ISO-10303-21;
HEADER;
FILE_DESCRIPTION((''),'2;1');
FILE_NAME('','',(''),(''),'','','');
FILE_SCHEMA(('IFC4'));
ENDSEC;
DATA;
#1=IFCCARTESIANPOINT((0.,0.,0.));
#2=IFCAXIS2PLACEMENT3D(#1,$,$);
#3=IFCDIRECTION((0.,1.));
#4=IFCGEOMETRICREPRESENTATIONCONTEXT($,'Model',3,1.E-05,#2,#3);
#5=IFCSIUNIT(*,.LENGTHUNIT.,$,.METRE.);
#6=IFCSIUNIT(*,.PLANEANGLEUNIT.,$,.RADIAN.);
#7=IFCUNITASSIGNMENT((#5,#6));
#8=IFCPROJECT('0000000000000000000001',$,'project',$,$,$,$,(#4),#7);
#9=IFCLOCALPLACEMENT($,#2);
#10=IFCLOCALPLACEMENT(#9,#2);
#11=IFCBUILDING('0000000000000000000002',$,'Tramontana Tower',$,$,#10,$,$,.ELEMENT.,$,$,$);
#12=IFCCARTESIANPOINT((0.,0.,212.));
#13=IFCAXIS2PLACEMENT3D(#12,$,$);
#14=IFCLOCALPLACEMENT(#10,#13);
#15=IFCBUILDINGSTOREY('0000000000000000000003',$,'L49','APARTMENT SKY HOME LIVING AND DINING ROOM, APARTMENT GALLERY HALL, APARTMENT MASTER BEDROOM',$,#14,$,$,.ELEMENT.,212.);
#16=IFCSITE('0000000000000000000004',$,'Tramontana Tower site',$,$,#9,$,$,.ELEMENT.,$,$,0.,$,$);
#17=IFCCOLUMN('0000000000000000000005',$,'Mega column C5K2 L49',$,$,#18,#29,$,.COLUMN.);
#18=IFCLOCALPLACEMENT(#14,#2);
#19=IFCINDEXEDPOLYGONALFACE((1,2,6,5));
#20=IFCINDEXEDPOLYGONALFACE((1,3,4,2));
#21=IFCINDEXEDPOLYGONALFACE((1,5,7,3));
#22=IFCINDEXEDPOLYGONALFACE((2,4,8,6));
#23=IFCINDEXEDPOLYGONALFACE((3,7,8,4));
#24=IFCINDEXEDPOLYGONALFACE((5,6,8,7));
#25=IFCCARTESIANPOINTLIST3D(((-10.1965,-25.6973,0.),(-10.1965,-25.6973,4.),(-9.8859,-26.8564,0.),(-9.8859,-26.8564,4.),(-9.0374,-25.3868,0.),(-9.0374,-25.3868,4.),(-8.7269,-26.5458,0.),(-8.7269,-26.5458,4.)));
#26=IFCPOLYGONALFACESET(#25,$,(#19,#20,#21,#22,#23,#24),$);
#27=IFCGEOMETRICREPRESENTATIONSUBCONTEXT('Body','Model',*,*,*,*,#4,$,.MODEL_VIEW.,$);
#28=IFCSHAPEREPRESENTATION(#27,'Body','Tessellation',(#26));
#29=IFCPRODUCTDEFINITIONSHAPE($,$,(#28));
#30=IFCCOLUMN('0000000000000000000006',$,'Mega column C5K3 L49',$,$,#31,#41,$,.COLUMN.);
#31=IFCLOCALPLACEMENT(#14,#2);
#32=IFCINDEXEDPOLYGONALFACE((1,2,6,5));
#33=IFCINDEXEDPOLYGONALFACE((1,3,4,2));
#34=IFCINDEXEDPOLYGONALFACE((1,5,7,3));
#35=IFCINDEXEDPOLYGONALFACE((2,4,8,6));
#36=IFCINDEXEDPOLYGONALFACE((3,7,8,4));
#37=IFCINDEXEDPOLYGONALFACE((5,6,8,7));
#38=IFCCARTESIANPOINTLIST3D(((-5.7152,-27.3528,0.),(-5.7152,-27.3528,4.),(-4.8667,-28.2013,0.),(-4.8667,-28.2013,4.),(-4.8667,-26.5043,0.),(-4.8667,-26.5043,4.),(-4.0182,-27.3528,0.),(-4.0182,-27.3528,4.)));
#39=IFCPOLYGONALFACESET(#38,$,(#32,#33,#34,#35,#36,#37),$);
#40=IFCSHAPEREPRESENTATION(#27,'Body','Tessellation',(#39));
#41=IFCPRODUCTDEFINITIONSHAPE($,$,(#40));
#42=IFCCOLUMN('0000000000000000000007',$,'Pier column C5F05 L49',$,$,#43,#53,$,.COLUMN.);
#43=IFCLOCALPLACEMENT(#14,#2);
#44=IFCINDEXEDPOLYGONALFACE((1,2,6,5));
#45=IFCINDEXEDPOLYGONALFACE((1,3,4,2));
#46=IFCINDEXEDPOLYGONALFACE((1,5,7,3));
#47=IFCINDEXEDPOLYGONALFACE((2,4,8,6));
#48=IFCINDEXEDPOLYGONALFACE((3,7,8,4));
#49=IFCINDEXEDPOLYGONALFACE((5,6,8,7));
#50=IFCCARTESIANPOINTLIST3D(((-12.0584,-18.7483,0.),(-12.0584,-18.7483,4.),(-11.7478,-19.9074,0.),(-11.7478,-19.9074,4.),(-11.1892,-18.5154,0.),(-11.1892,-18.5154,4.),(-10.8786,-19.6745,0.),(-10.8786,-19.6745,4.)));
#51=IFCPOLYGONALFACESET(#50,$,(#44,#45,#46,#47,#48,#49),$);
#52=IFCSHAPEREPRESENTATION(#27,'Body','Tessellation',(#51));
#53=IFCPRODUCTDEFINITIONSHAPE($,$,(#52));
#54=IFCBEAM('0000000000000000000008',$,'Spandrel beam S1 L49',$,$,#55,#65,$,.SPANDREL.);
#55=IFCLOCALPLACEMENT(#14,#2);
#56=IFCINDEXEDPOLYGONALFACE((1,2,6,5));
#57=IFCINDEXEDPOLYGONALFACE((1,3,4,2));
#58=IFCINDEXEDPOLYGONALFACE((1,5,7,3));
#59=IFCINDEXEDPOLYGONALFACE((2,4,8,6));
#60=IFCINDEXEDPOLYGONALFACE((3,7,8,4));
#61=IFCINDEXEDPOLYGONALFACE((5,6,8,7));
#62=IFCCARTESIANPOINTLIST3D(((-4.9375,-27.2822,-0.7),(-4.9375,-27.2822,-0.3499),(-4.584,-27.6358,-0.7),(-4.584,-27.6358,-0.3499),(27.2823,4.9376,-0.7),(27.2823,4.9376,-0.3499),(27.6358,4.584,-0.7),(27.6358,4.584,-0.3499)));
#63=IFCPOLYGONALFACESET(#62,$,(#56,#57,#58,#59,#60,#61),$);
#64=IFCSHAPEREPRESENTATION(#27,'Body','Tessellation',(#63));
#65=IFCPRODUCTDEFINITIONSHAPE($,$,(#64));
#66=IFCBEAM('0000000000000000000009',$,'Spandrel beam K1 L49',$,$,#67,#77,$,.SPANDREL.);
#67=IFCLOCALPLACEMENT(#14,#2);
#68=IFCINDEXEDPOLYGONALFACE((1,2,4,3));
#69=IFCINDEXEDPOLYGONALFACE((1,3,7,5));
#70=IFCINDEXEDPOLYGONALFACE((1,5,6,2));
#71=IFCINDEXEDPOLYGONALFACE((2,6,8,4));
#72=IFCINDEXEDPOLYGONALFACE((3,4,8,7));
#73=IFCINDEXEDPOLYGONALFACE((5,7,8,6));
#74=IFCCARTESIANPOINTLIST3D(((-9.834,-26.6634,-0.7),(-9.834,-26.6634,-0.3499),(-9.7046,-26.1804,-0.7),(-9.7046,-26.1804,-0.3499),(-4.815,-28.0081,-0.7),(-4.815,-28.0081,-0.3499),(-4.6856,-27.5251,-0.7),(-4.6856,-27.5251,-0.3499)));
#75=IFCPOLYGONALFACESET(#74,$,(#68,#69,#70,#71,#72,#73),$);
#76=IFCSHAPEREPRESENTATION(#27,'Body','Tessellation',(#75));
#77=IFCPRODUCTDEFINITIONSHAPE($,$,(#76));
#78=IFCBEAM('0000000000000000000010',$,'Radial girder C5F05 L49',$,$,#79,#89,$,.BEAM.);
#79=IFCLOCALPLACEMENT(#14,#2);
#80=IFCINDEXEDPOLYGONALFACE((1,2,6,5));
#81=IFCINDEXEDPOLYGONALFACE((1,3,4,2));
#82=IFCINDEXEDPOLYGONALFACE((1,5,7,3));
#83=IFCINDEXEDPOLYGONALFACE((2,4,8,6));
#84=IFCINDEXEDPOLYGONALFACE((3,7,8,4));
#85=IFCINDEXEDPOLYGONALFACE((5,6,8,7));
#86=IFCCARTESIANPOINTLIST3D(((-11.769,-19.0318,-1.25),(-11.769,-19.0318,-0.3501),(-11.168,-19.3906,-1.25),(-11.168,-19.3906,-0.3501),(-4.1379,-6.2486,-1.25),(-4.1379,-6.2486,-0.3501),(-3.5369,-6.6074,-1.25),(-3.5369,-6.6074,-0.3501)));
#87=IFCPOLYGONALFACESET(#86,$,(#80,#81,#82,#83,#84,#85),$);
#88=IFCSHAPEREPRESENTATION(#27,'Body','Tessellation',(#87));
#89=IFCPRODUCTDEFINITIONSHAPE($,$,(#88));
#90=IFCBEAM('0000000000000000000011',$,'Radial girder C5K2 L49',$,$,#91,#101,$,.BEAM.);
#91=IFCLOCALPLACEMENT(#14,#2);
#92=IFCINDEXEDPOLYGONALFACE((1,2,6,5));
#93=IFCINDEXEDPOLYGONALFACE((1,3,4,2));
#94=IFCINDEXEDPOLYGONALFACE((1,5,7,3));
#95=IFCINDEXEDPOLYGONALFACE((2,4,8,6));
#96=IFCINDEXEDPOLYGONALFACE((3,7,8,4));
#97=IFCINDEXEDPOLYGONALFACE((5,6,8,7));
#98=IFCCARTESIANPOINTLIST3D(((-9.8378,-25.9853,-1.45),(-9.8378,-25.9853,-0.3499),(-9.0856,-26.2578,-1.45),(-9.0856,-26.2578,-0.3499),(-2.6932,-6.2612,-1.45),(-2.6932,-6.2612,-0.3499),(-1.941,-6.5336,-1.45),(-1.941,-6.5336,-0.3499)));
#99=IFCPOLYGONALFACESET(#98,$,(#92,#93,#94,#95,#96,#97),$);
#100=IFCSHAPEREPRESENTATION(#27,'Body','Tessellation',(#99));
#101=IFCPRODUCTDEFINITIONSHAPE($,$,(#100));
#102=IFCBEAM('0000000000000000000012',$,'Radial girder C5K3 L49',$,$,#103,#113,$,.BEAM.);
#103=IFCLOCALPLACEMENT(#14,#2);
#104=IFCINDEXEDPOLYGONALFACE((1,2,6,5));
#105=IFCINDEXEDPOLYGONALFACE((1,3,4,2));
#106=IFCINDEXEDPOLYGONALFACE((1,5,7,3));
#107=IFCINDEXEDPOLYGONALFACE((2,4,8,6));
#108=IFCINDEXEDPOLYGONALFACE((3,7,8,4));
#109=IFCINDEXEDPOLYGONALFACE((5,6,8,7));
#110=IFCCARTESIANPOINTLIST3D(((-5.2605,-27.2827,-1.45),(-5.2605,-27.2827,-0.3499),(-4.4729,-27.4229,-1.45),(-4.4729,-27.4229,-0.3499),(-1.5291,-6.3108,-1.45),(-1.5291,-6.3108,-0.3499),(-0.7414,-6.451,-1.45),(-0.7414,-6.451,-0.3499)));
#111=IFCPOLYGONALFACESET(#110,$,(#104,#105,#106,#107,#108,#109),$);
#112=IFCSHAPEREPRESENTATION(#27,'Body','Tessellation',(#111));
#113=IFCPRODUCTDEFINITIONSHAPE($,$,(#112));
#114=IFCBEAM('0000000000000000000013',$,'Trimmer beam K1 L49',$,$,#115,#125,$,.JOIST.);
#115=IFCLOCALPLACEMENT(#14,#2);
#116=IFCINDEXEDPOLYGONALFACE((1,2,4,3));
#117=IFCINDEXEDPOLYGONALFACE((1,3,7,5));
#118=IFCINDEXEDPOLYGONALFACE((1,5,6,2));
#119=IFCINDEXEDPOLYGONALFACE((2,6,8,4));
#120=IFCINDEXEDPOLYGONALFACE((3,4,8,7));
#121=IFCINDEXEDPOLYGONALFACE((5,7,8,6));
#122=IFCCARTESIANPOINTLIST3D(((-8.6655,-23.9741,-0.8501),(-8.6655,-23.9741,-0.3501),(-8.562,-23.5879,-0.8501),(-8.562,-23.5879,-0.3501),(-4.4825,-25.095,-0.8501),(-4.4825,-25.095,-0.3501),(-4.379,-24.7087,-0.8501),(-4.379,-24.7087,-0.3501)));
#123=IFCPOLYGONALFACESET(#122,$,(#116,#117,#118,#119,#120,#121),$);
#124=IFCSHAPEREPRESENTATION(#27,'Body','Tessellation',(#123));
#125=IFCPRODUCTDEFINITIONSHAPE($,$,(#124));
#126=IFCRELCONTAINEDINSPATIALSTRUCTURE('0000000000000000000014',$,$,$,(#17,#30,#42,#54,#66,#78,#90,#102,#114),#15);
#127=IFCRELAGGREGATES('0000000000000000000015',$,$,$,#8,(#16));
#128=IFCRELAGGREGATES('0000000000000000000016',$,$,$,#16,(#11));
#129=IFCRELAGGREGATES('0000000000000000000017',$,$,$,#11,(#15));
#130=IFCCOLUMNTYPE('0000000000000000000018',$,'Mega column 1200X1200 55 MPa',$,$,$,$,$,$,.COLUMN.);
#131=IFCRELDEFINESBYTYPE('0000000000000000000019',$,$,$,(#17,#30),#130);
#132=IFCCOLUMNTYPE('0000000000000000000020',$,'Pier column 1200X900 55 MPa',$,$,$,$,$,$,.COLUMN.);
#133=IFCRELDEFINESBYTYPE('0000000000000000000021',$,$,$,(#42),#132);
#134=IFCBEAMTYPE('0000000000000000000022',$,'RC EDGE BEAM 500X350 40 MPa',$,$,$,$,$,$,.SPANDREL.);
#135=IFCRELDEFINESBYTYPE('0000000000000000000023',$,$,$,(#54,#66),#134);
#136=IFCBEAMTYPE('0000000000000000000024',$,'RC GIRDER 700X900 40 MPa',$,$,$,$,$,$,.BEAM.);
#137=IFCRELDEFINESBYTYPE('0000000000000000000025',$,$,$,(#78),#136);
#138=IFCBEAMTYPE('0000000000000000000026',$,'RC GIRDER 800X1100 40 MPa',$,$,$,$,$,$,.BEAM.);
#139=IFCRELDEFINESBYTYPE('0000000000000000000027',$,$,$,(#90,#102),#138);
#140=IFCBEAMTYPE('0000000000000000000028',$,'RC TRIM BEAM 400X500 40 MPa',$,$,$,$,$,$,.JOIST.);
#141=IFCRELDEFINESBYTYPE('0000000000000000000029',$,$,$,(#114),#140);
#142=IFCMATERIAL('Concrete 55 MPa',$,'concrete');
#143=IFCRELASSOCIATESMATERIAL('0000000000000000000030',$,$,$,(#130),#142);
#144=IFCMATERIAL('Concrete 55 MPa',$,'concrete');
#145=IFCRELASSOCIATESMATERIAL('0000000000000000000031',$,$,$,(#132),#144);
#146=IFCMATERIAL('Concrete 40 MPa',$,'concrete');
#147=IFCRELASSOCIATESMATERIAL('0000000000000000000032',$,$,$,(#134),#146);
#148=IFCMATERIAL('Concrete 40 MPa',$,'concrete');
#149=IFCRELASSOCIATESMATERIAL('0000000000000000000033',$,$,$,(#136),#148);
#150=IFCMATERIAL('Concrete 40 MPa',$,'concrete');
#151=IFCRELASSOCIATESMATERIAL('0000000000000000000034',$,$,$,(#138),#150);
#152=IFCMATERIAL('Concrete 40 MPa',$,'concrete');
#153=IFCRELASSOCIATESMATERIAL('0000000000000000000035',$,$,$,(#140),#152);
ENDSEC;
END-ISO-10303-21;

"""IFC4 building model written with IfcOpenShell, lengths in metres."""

from ifc_helpers import new_model, si_unit, direction, frame, origin, origin_2d, place, context, subcontext, project, spatial, rectangle, extrude, material, material_profile, profile_set, type_object, element, save


model = new_model("IFC4")

# Units and contexts
model_context = context("Model", 3, precision=1e-05, world=origin(), true_north=direction((0.0, 1.0)))
body_context = subcontext(model_context, "Body", "Model", "MODEL_VIEW")
ifc_project = project(units=[si_unit("LENGTHUNIT", "METRE"), si_unit("PLANEANGLEUNIT", "RADIAN")], contexts=[model_context])

# Site, building, storey
site_placement = place(None, origin())
site = spatial("IfcSite", under=ifc_project, at=site_placement, Name="Tramontana Tower site", CompositionType="ELEMENT", RefElevation=0.0)
building_placement = place(site_placement, origin())
building = spatial("IfcBuilding", under=site, at=building_placement, Name="Tramontana Tower", CompositionType="ELEMENT")
storey_placement = place(building_placement, frame((0.0, 0.0, 212.0)))
storey = spatial("IfcBuildingStorey", under=building, at=storey_placement, Name="L49", Description="APARTMENT SKY HOME LIVING AND DINING ROOM, APARTMENT GALLERY HALL, APARTMENT MASTER BEDROOM", CompositionType="ELEMENT", Elevation=212.0)

# Columns
ifc_material_1 = material(Name="Concrete 55 MPa", Category="concrete")
ifc_material_profile_1 = material_profile(ifc_material_1, rectangle(XDim=1.2, YDim=1.2, at=origin_2d()), Name="Mega column 1200X1200 55 MPa")
ifc_profile_set_1 = profile_set([ifc_material_profile_1], Name="Concrete 55 MPa")
column_type_1 = type_object("IfcColumnType", Name="Mega column 1200X1200 55 MPa", PredefinedType="COLUMN", material=ifc_profile_set_1)
for number, where, z_axis, x_axis, name in (
    (1, (-9.4617, -26.1216, 0.0), (0.0, 0.0, 1.0), (0.258819, -0.965926, 0.0), "Mega column C5K2 L49"),
    (2, (-4.8667, -27.3528, 0.0), (0.0, 0.0, 1.0), (0.707107, 0.707107, 0.0), "Mega column C5K3 L49"),
):
    element("IfcColumn", number, at=place(storey_placement, frame(where, z_axis=z_axis, x_axis=x_axis)), inside=storey, type_object=column_type_1, Name=name, PredefinedType="COLUMN", context=body_context, shape_type="SweptSolid", body=[
        extrude(rectangle(XDim=1.2, YDim=1.2, at=origin_2d()), origin(), (0.0, 0.0, 1.0), 4.0),
    ])
ifc_material_2 = material(Name="Concrete 55 MPa", Category="concrete")
ifc_material_profile_2 = material_profile(ifc_material_2, rectangle(XDim=1.2, YDim=0.8999, at=origin_2d()), Name="Pier column 1200X900 55 MPa")
ifc_profile_set_2 = profile_set([ifc_material_profile_2], Name="Concrete 55 MPa")
column_type_2 = type_object("IfcColumnType", Name="Pier column 1200X900 55 MPa", PredefinedType="COLUMN", material=ifc_profile_set_2)
column_placement = place(storey_placement, frame((-11.4685, -19.2114, 0.0), z_axis=(0.0, 0.0, 1.0), x_axis=(0.258819, -0.965926, 0.0)))
element("IfcColumn", 3, at=column_placement, inside=storey, type_object=column_type_2, Name="Pier column C5F05 L49", PredefinedType="COLUMN", context=body_context, shape_type="SweptSolid", body=[
    extrude(rectangle(XDim=1.2, YDim=0.8999, at=origin_2d()), origin(), (0.0, 0.0, 1.0), 4.0),
])

# Beams
ifc_material_3 = material(Name="Concrete 40 MPa", Category="concrete")
ifc_material_profile_3 = material_profile(ifc_material_3, rectangle(XDim=0.5, YDim=0.3501, at=origin_2d()), Name="RC EDGE BEAM 500X350 40 MPa")
ifc_profile_set_3 = profile_set([ifc_material_profile_3], Name="Concrete 40 MPa")
beam_type_1 = type_object("IfcBeamType", Name="RC EDGE BEAM 500X350 40 MPa", PredefinedType="SPANDREL", material=ifc_profile_set_3)
beam_1_placement = place(storey_placement, frame((-4.7607, -27.459, -0.5249), z_axis=(0.707107, 0.707107, 0.0), x_axis=(-0.707107, 0.707107, 0.0)))
element("IfcBeam", 4, at=beam_1_placement, inside=storey, type_object=beam_type_1, Name="Spandrel beam S1 L49", PredefinedType="SPANDREL", context=body_context, shape_type="SweptSolid", body=[
    extrude(rectangle(XDim=0.5, YDim=0.3501, at=origin_2d()), origin(), (0.0, 0.0, 1.0), 45.5657),
])
beam_2_placement = place(storey_placement, frame((-9.7693, -26.4219, -0.5249), z_axis=(0.965932, -0.258797, 0.0), x_axis=(0.258797, 0.965932, 0.0)))
element("IfcBeam", 5, at=beam_2_placement, inside=storey, type_object=beam_type_1, Name="Spandrel beam K1 L49", PredefinedType="SPANDREL", context=body_context, shape_type="SweptSolid", body=[
    extrude(rectangle(XDim=0.5, YDim=0.3501, at=origin_2d()), origin(), (0.0, 0.0, 1.0), 5.196),
])
ifc_material_4 = material(Name="Concrete 40 MPa", Category="concrete")
ifc_material_profile_4 = material_profile(ifc_material_4, rectangle(XDim=0.7, YDim=0.8999, at=origin_2d()), Name="RC GIRDER 700X900 40 MPa")
ifc_profile_set_4 = profile_set([ifc_material_profile_4], Name="Concrete 40 MPa")
beam_type_2 = type_object("IfcBeamType", Name="RC GIRDER 700X900 40 MPa", PredefinedType="BEAM", material=ifc_profile_set_4)
beam_3_placement = place(storey_placement, frame((-11.4685, -19.2112, -0.8), z_axis=(0.512577, 0.858641, 0.0), x_axis=(-0.858641, 0.512577, 0.0)))
element("IfcBeam", 6, at=beam_3_placement, inside=storey, type_object=beam_type_2, Name="Radial girder C5F05 L49", PredefinedType="BEAM", context=body_context, shape_type="SweptSolid", body=[
    extrude(rectangle(XDim=0.7, YDim=0.8999, at=origin_2d()), origin(), (0.0, 0.0, 1.0), 14.8877),
])
ifc_material_5 = material(Name="Concrete 40 MPa", Category="concrete")
ifc_material_profile_5 = material_profile(ifc_material_5, rectangle(XDim=0.8, YDim=1.1001, at=origin_2d()), Name="RC GIRDER 800X1100 40 MPa")
ifc_profile_set_5 = profile_set([ifc_material_profile_5], Name="Concrete 40 MPa")
beam_type_3 = type_object("IfcBeamType", Name="RC GIRDER 800X1100 40 MPa", PredefinedType="BEAM", material=ifc_profile_set_5)
beam_4_placement = place(storey_placement, frame((-9.4617, -26.1216, -0.8999), z_axis=(0.340569, 0.940219, 0.0), x_axis=(-0.940219, 0.340569, 0.0)))
element("IfcBeam", 7, at=beam_4_placement, inside=storey, type_object=beam_type_3, Name="Radial girder C5K2 L49", PredefinedType="BEAM", context=body_context, shape_type="SweptSolid", body=[
    extrude(rectangle(XDim=0.8, YDim=1.1001, at=origin_2d()), origin(), (0.0, 0.0, 1.0), 20.9783),
])
beam_5_placement = place(storey_placement, frame((-4.8667, -27.3528, -0.8999), z_axis=(0.175175, 0.984537, 0.0), x_axis=(-0.984537, 0.175175, 0.0)))
element("IfcBeam", 8, at=beam_5_placement, inside=storey, type_object=beam_type_3, Name="Radial girder C5K3 L49", PredefinedType="BEAM", context=body_context, shape_type="SweptSolid", body=[
    extrude(rectangle(XDim=0.8, YDim=1.1001, at=origin_2d()), origin(), (0.0, 0.0, 1.0), 21.3013),
])
ifc_material_6 = material(Name="Concrete 40 MPa", Category="concrete")
ifc_material_profile_6 = material_profile(ifc_material_6, rectangle(XDim=0.3999, YDim=0.5, at=origin_2d()), Name="RC TRIM BEAM 400X500 40 MPa")
ifc_profile_set_6 = profile_set([ifc_material_profile_6], Name="Concrete 40 MPa")
beam_type_4 = type_object("IfcBeamType", Name="RC TRIM BEAM 400X500 40 MPa", PredefinedType="JOIST", material=ifc_profile_set_6)
beam_6_placement = place(storey_placement, frame((-8.6138, -23.781, -0.6001), z_axis=(0.965926, -0.258817, 0.0), x_axis=(0.258817, 0.965926, 0.0)))
element("IfcBeam", 9, at=beam_6_placement, inside=storey, type_object=beam_type_4, Name="Trimmer beam K1 L49", PredefinedType="JOIST", context=body_context, shape_type="SweptSolid", body=[
    extrude(rectangle(XDim=0.3999, YDim=0.5, at=origin_2d()), origin(), (0.0, 0.0, 1.0), 4.3306),
])

save(model, "model.ifc")
